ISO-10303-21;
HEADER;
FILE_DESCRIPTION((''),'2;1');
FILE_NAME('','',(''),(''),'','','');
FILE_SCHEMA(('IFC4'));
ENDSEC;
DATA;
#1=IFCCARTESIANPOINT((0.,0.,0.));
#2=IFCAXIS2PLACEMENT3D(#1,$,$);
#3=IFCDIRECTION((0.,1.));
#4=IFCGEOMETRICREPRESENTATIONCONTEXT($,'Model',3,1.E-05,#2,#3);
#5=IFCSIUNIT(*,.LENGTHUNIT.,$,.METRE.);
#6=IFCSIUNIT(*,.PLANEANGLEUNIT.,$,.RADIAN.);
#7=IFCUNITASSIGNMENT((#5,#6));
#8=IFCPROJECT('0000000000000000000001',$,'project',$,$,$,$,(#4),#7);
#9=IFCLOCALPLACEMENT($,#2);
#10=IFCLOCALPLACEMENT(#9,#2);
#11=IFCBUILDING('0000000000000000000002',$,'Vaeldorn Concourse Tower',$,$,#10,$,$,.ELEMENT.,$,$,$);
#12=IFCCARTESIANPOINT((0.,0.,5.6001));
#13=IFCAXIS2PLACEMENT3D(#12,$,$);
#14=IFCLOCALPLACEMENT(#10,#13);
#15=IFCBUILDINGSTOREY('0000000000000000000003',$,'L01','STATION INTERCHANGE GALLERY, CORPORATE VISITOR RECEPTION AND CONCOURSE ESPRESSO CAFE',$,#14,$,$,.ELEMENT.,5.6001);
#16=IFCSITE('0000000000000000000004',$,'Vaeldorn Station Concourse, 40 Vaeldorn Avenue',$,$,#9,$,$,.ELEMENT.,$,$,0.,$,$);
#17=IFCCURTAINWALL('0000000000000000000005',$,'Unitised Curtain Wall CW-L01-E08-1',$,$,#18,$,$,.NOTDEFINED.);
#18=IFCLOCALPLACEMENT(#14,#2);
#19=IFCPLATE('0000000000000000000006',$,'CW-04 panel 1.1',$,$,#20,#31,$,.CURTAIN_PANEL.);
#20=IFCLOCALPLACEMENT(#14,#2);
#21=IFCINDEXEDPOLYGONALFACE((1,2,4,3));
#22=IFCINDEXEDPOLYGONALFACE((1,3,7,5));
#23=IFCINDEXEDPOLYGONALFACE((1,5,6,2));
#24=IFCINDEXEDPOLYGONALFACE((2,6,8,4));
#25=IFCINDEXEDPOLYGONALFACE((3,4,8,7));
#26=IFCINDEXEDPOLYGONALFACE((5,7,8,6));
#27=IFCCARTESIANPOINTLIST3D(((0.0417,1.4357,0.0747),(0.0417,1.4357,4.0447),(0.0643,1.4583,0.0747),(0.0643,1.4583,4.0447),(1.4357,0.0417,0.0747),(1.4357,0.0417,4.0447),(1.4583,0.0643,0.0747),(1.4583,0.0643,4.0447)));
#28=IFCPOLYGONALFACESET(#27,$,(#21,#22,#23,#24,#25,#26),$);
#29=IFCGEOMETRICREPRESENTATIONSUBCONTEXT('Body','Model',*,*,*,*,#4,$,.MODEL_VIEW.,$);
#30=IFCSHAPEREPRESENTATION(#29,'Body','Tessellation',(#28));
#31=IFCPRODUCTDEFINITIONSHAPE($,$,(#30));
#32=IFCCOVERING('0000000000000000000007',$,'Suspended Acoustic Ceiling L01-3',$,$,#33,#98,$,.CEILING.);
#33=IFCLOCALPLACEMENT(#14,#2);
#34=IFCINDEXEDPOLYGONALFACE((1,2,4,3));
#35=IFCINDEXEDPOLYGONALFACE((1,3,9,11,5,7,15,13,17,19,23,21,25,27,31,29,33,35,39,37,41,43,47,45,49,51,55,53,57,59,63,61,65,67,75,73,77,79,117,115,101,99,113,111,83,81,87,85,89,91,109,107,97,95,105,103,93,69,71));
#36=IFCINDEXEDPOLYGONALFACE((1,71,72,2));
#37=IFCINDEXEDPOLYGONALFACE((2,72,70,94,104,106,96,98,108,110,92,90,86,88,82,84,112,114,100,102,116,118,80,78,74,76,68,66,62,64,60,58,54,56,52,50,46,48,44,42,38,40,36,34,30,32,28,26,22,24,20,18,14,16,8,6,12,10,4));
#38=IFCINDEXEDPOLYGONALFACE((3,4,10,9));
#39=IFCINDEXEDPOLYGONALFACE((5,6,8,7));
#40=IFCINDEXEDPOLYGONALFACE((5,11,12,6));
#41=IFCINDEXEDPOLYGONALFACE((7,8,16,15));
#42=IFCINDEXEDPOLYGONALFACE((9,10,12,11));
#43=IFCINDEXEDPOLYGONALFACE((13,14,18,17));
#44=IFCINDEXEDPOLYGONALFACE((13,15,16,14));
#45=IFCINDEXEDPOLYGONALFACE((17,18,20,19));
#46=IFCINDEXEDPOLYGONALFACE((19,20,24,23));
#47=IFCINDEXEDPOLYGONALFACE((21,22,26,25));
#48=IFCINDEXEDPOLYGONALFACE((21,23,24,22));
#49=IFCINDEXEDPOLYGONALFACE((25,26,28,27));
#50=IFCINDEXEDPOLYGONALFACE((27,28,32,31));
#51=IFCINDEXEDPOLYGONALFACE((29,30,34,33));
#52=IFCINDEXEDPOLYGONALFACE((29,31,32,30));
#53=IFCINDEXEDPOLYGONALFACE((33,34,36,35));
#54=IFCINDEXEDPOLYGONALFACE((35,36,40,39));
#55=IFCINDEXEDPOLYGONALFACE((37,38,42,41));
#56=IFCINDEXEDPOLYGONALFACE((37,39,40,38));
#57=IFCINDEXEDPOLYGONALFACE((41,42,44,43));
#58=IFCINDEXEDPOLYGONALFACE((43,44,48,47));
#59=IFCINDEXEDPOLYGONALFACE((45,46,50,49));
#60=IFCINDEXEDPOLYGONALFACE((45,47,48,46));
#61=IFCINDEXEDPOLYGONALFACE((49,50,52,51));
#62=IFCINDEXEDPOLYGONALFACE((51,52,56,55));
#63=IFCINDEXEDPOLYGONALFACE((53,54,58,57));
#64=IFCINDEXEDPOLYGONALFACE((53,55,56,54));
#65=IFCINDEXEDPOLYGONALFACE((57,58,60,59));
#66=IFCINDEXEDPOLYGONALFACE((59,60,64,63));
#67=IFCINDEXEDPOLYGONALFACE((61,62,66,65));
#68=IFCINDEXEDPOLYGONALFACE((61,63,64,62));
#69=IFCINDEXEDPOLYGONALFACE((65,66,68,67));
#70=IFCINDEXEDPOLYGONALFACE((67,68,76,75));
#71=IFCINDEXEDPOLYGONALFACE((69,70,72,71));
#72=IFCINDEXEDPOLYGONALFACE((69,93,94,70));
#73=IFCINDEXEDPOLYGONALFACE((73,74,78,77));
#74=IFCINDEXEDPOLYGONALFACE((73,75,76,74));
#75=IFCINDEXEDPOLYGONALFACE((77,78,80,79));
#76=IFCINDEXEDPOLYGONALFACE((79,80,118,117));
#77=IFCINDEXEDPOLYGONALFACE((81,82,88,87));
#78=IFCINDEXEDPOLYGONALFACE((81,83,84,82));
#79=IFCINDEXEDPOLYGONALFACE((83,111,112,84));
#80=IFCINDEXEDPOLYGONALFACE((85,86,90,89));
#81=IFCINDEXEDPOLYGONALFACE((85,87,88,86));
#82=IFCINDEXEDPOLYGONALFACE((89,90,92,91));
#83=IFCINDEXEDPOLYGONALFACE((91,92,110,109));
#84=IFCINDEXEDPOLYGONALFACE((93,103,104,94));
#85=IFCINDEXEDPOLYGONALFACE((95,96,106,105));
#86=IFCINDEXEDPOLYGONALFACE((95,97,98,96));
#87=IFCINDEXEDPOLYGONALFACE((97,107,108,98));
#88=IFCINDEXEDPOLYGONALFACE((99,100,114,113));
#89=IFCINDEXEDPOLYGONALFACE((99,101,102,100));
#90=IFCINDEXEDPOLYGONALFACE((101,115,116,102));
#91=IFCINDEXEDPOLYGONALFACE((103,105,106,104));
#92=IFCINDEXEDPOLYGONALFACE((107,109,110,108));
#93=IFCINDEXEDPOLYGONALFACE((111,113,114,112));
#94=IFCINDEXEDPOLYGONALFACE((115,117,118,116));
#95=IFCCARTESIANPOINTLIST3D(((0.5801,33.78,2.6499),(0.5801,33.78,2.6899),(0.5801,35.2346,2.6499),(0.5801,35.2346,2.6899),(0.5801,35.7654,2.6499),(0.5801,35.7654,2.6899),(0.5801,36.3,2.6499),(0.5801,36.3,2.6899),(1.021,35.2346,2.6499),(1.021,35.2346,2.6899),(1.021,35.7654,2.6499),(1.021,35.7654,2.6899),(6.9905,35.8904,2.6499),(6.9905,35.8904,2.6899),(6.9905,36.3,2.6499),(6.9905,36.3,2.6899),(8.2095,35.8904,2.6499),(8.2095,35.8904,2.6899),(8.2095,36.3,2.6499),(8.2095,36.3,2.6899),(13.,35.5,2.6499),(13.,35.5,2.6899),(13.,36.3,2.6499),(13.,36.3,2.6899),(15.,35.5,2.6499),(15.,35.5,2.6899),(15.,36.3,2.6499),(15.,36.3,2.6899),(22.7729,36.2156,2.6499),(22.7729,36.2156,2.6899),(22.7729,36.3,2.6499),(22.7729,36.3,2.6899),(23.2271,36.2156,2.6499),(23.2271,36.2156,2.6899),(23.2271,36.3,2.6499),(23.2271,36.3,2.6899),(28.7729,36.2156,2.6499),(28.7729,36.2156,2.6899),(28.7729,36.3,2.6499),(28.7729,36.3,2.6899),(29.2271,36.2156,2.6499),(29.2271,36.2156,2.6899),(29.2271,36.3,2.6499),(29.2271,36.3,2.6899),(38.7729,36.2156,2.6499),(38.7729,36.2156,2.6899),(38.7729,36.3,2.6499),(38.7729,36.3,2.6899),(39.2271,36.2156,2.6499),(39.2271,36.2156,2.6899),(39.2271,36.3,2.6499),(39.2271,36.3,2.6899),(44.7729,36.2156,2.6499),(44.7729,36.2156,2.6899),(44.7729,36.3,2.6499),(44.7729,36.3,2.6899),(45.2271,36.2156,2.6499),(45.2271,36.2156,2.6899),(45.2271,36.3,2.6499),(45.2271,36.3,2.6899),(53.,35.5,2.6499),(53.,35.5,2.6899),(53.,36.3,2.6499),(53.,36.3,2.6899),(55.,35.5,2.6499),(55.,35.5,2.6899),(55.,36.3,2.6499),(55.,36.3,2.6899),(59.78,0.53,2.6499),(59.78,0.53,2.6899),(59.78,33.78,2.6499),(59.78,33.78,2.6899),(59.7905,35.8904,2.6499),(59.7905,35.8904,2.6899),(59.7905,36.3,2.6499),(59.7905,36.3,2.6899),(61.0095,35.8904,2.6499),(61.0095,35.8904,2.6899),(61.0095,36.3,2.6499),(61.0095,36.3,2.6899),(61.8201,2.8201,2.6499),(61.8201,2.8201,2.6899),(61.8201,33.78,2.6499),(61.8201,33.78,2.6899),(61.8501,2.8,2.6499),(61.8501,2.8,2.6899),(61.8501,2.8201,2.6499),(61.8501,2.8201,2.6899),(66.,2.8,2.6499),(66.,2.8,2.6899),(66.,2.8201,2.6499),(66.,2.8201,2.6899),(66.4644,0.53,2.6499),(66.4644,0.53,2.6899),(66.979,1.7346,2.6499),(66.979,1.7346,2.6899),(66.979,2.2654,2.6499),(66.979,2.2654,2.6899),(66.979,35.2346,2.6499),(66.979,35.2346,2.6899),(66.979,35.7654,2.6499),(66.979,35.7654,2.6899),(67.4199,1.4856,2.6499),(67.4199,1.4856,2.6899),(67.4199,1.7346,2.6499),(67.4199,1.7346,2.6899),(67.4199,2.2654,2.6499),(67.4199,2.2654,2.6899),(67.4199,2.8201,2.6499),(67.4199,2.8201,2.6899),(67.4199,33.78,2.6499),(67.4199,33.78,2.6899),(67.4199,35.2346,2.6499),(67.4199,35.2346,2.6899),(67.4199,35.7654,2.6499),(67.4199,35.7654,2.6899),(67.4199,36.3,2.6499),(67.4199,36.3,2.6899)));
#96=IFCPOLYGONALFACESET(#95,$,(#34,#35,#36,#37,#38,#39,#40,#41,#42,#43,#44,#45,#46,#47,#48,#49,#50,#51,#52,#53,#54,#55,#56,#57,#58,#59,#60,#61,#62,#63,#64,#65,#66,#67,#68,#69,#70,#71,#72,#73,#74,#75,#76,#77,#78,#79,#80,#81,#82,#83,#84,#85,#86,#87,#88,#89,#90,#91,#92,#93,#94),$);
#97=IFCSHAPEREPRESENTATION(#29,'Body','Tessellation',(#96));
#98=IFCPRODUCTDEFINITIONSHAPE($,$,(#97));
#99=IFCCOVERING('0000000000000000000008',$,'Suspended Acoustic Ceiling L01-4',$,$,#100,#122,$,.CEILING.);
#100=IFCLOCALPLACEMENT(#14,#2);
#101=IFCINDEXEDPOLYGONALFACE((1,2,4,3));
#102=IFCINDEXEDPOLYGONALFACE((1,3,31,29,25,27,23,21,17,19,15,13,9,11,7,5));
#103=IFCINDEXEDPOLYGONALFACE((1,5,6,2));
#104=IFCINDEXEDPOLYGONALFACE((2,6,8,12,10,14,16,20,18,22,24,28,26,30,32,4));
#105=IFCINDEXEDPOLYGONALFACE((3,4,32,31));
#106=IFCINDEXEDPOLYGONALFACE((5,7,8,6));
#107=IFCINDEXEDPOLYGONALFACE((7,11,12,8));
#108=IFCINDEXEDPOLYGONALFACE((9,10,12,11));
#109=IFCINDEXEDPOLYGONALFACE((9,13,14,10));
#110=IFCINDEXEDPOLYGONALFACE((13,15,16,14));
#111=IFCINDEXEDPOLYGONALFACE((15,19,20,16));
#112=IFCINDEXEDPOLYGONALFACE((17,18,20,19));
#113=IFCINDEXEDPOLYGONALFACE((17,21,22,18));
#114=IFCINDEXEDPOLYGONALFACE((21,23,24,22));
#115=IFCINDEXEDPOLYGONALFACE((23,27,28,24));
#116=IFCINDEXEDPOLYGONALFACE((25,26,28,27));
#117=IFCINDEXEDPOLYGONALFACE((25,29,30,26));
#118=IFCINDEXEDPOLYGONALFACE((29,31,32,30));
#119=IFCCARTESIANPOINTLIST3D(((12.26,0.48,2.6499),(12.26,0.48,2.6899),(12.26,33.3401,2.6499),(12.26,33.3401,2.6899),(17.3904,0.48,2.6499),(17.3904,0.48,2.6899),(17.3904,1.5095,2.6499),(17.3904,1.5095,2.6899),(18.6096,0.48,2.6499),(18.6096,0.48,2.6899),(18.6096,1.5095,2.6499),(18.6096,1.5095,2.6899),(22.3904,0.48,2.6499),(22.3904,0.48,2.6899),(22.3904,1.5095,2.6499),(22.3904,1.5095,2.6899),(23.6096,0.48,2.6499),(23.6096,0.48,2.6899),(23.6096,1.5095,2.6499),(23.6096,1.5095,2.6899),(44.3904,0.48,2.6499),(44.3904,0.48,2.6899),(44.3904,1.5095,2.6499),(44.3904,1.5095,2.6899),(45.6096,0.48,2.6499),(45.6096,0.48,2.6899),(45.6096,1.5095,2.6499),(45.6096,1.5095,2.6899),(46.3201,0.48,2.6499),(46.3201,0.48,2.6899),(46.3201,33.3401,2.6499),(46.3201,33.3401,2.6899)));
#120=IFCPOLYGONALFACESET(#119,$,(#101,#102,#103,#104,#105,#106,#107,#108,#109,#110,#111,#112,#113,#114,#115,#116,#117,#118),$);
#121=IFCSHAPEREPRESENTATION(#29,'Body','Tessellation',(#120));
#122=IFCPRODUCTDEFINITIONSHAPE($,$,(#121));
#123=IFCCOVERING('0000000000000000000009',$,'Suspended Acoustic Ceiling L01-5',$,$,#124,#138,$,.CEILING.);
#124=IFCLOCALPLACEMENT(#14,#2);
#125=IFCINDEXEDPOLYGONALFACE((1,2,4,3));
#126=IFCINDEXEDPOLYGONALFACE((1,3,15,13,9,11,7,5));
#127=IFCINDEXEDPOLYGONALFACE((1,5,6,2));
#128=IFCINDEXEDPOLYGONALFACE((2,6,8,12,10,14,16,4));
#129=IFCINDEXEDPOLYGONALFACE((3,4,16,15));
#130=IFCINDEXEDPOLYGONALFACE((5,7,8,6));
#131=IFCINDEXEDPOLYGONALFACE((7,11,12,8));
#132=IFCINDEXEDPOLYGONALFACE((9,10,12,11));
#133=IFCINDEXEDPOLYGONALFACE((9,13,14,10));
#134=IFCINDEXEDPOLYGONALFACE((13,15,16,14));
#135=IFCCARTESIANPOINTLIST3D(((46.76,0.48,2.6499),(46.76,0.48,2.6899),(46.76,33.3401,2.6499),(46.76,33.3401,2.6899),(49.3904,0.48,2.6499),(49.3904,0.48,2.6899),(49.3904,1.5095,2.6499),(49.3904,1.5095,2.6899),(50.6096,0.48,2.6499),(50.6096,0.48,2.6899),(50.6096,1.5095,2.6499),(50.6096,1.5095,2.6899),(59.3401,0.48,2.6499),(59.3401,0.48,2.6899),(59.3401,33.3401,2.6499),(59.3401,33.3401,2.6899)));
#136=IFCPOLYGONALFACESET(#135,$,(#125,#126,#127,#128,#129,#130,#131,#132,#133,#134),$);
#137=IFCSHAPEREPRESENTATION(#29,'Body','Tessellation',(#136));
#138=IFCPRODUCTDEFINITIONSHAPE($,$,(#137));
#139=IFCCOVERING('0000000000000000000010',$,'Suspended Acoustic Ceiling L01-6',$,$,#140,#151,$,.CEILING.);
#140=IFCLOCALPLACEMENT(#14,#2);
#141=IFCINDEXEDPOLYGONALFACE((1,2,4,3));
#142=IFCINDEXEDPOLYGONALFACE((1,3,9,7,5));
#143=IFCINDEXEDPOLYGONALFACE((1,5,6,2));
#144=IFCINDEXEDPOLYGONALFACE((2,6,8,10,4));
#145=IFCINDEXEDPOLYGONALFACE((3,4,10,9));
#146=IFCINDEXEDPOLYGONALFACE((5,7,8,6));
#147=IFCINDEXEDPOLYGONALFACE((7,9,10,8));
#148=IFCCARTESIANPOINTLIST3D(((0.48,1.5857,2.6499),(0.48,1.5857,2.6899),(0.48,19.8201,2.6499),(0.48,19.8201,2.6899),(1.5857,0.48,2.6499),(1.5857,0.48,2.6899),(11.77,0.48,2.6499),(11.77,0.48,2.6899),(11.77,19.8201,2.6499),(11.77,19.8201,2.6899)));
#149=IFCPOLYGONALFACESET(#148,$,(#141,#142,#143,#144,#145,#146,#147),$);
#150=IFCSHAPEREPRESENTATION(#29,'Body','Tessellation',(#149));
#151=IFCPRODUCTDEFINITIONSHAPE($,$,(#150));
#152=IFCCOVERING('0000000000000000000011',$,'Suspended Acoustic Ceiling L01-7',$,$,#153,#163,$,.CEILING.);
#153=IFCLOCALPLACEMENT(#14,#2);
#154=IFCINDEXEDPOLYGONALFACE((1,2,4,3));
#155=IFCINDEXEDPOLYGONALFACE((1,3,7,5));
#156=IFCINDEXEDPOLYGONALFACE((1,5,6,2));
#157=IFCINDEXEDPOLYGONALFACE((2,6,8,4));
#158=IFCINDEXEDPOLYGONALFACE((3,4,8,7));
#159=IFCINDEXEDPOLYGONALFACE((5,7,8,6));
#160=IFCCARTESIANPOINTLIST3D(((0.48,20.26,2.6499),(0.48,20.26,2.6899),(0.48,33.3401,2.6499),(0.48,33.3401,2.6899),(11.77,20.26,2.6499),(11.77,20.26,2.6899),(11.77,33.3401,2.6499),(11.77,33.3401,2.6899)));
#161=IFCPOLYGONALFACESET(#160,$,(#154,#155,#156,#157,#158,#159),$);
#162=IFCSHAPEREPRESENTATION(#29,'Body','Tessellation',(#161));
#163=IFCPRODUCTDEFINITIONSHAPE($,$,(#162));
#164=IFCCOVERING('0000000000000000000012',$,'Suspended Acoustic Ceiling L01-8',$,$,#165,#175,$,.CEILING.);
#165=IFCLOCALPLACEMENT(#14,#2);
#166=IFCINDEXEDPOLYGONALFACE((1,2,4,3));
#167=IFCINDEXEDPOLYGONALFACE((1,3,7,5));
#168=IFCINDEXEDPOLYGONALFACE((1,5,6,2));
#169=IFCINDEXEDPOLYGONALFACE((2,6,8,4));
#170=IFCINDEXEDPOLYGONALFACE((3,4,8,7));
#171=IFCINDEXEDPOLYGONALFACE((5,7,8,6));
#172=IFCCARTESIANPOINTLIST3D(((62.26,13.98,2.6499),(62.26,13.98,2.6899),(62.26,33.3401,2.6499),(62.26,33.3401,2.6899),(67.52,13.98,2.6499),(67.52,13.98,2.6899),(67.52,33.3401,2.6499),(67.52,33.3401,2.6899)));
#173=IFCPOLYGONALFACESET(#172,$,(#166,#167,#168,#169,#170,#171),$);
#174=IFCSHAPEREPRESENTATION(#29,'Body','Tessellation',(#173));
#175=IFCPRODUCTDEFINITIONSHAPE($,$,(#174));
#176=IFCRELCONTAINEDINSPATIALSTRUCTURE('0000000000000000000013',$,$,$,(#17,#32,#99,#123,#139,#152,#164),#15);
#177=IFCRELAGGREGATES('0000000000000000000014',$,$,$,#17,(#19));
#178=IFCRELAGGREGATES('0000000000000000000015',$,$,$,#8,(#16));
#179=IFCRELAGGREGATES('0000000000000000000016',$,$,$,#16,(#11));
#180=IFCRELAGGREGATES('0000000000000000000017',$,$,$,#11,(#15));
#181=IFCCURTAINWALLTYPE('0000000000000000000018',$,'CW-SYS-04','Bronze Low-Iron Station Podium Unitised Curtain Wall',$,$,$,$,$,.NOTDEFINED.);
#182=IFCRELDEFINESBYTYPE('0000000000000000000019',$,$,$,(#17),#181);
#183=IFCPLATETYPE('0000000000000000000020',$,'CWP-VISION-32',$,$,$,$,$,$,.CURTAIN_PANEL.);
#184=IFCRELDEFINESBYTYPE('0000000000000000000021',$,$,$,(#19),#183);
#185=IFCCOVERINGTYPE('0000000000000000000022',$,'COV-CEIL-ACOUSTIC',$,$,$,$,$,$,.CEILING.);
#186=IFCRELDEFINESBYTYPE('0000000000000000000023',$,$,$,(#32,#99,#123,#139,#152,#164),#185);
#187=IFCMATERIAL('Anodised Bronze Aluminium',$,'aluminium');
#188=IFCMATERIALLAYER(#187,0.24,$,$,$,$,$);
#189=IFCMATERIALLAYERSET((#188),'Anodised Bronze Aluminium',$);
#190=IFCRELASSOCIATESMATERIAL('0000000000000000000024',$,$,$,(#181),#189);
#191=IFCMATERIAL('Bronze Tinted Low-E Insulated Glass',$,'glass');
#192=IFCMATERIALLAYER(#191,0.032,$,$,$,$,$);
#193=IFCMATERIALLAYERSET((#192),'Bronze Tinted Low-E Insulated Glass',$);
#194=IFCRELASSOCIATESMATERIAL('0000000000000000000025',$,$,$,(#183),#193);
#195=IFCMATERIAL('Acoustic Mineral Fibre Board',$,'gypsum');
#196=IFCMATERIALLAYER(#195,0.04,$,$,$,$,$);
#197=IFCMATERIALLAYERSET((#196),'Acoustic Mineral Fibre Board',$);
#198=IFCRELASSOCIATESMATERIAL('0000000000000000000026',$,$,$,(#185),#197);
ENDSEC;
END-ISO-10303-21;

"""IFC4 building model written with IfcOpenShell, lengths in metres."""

from ifc_helpers import new_model, si_unit, direction, frame, origin, origin_2d, place, context, subcontext, project, spatial, polyline, rectangle, outline, extrude, source, transform, mapped, material, layer, layer_set, type_object, element, aggregate, save


model = new_model("IFC4")

# Units and contexts
model_context = context("Model", 3, precision=1e-05, world=origin(), true_north=direction((0.0, 1.0)))
body_context = subcontext(model_context, "Body", "Model", "MODEL_VIEW")
ifc_project = project(units=[si_unit("LENGTHUNIT", "METRE"), si_unit("PLANEANGLEUNIT", "RADIAN")], contexts=[model_context])

# Site, building, storey
site_placement = place(None, origin())
site = spatial("IfcSite", under=ifc_project, at=site_placement, Name="Vaeldorn Station Concourse, 40 Vaeldorn Avenue", CompositionType="ELEMENT", RefElevation=0.0)
building_placement = place(site_placement, origin())
building = spatial("IfcBuilding", under=site, at=building_placement, Name="Vaeldorn Concourse Tower", CompositionType="ELEMENT")
storey_placement = place(building_placement, frame((0.0, 0.0, 5.6001)))
storey = spatial("IfcBuildingStorey", under=building, at=storey_placement, Name="L01", Description="STATION INTERCHANGE GALLERY, CORPORATE VISITOR RECEPTION AND CONCOURSE ESPRESSO CAFE", CompositionType="ELEMENT", Elevation=5.6001)

# Shared definitions
ifc_material_1 = material(Name="Anodised Bronze Aluminium", Category="aluminium")
ifc_layer_1 = layer(ifc_material_1, 0.24)
ifc_layer_set_1 = layer_set([ifc_layer_1], Name="Anodised Bronze Aluminium")
curtain_wall_type = type_object("IfcCurtainWallType", Name="CW-SYS-04", Description="Bronze Low-Iron Station Podium Unitised Curtain Wall", PredefinedType="NOTDEFINED", material=ifc_layer_set_1)

# Curtain wall
curtain_wall_1_placement = place(storey_placement, origin())
curtain_wall_1 = element("IfcCurtainWall", 1, at=curtain_wall_1_placement, inside=storey, type_object=curtain_wall_type, Name="Unitised Curtain Wall CW-L01-E08-1", PredefinedType="NOTDEFINED")

# Plate
ifc_material_2 = material(Name="Bronze Tinted Low-E Insulated Glass", Category="glass")
ifc_layer_2 = layer(ifc_material_2, 0.032)
ifc_layer_set_2 = layer_set([ifc_layer_2], Name="Bronze Tinted Low-E Insulated Glass")
plate_type = type_object("IfcPlateType", Name="CWP-VISION-32", PredefinedType="CURTAIN_PANEL", material=ifc_layer_set_2)
shared_shape_1 = source(origin(), body_context, "Body", "SweptSolid", [
    extrude(rectangle(XDim=1.9714, YDim=0.032, at=origin_2d()), origin(), (0.0, 0.0, 1.0), 3.97),
])
plate_placement = place(storey_placement, frame((0.75, 0.75, 0.0747), z_axis=(0.0, 0.0, 1.0), x_axis=(0.707107, -0.707107, 0.0)))
plate = element("IfcPlate", 2, at=plate_placement, type_object=plate_type, Name="CW-04 panel 1.1", PredefinedType="CURTAIN_PANEL", context=body_context, shape_type="MappedRepresentation", body=[
    mapped(shared_shape_1, transform((0.0, 0.0, 0.0), scale=1.0)),
])
aggregate(curtain_wall_1, [plate])

# Coverings
ifc_material_3 = material(Name="Acoustic Mineral Fibre Board", Category="gypsum")
ifc_layer_3 = layer(ifc_material_3, 0.04)
ifc_layer_set_3 = layer_set([ifc_layer_3], Name="Acoustic Mineral Fibre Board")
covering_type_1 = type_object("IfcCoveringType", Name="COV-CEIL-ACOUSTIC", PredefinedType="CEILING", material=ifc_layer_set_3)
covering_1_placement = place(storey_placement, frame((0.0, 0.0, 2.6499)))
element("IfcCovering", 3, at=covering_1_placement, inside=storey, type_object=covering_type_1, Name="Suspended Acoustic Ceiling L01-3", PredefinedType="CEILING", context=body_context, shape_type="SweptSolid", body=[
    extrude(outline(polyline([(6.9905, 36.3), (6.9905, 35.8904), (8.2095, 35.8904), (8.2095, 36.3), (13.0, 36.3), (13.0, 35.5), (15.0, 35.5), (15.0, 36.3), (22.7729, 36.3), (22.7729, 36.2156), (23.2271, 36.2156), (23.2271, 36.3), (28.7729, 36.3), (28.7729, 36.2156), (29.2271, 36.2156), (29.2271, 36.3), (38.7729, 36.3), (38.7729, 36.2156), (39.2271, 36.2156), (39.2271, 36.3), (44.7729, 36.3), (44.7729, 36.2156), (45.2271, 36.2156), (45.2271, 36.3), (53.0, 36.3), (53.0, 35.5), (55.0, 35.5), (55.0, 36.3), (59.7905, 36.3), (59.7905, 35.8904), (61.0095, 35.8904), (61.0095, 36.3), (67.4199, 36.3), (67.4199, 35.7654), (66.979, 35.7654), (66.979, 35.2346), (67.4199, 35.2346), (67.4199, 33.78), (61.8201, 33.78), (61.8201, 2.8201), (61.8501, 2.8201), (61.8501, 2.8), (66.0, 2.8), (66.0, 2.8201), (67.4199, 2.8201), (67.4199, 2.2654), (66.979, 2.2654), (66.979, 1.7346), (67.4199, 1.7346), (67.4199, 1.4856), (66.4644, 0.53), (59.78, 0.53), (59.78, 33.78), (0.5801, 33.78), (0.5801, 35.2346), (1.021, 35.2346), (1.021, 35.7654), (0.5801, 35.7654), (0.5801, 36.3), (6.9905, 36.3)])), origin(), (0.0, 0.0, 1.0), 0.04),
])
covering_2_placement = place(storey_placement, frame((0.0, 0.0, 2.6499)))
element("IfcCovering", 4, at=covering_2_placement, inside=storey, type_object=covering_type_1, Name="Suspended Acoustic Ceiling L01-4", PredefinedType="CEILING", context=body_context, shape_type="SweptSolid", body=[
    extrude(outline(polyline([(46.3201, 33.3401), (46.3201, 0.48), (45.6096, 0.48), (45.6096, 1.5095), (44.3904, 1.5095), (44.3904, 0.48), (23.6096, 0.48), (23.6096, 1.5095), (22.3904, 1.5095), (22.3904, 0.48), (18.6096, 0.48), (18.6096, 1.5095), (17.3904, 1.5095), (17.3904, 0.48), (12.26, 0.48), (12.26, 33.3401), (46.3201, 33.3401)])), origin(), (0.0, 0.0, 1.0), 0.04),
])
covering_3_placement = place(storey_placement, frame((0.0, 0.0, 2.6499)))
element("IfcCovering", 5, at=covering_3_placement, inside=storey, type_object=covering_type_1, Name="Suspended Acoustic Ceiling L01-5", PredefinedType="CEILING", context=body_context, shape_type="SweptSolid", body=[
    extrude(outline(polyline([(46.76, 33.3401), (59.3401, 33.3401), (59.3401, 0.48), (50.6096, 0.48), (50.6096, 1.5095), (49.3904, 1.5095), (49.3904, 0.48), (46.76, 0.48), (46.76, 33.3401)])), origin(), (0.0, 0.0, 1.0), 0.04),
])
covering_4_placement = place(storey_placement, frame((0.0, 0.0, 2.6499)))
element("IfcCovering", 6, at=covering_4_placement, inside=storey, type_object=covering_type_1, Name="Suspended Acoustic Ceiling L01-6", PredefinedType="CEILING", context=body_context, shape_type="SweptSolid", body=[
    extrude(outline(polyline([(0.48, 19.8201), (11.77, 19.8201), (11.77, 0.48), (1.5857, 0.48), (0.48, 1.5857), (0.48, 19.8201)])), origin(), (0.0, 0.0, 1.0), 0.04),
])
covering_5_placement = place(storey_placement, frame((0.0, 0.0, 2.6499)))
element("IfcCovering", 7, at=covering_5_placement, inside=storey, type_object=covering_type_1, Name="Suspended Acoustic Ceiling L01-7", PredefinedType="CEILING", context=body_context, shape_type="SweptSolid", body=[
    extrude(outline(polyline([(0.48, 33.3401), (11.77, 33.3401), (11.77, 20.26), (0.48, 20.26), (0.48, 33.3401)])), origin(), (0.0, 0.0, 1.0), 0.04),
])
covering_6_placement = place(storey_placement, frame((0.0, 0.0, 2.6499)))
element("IfcCovering", 8, at=covering_6_placement, inside=storey, type_object=covering_type_1, Name="Suspended Acoustic Ceiling L01-8", PredefinedType="CEILING", context=body_context, shape_type="SweptSolid", body=[
    extrude(outline(polyline([(62.26, 33.3401), (67.52, 33.3401), (67.52, 13.98), (62.26, 13.98), (62.26, 33.3401)])), origin(), (0.0, 0.0, 1.0), 0.04),
])

save(model, "model.ifc")
